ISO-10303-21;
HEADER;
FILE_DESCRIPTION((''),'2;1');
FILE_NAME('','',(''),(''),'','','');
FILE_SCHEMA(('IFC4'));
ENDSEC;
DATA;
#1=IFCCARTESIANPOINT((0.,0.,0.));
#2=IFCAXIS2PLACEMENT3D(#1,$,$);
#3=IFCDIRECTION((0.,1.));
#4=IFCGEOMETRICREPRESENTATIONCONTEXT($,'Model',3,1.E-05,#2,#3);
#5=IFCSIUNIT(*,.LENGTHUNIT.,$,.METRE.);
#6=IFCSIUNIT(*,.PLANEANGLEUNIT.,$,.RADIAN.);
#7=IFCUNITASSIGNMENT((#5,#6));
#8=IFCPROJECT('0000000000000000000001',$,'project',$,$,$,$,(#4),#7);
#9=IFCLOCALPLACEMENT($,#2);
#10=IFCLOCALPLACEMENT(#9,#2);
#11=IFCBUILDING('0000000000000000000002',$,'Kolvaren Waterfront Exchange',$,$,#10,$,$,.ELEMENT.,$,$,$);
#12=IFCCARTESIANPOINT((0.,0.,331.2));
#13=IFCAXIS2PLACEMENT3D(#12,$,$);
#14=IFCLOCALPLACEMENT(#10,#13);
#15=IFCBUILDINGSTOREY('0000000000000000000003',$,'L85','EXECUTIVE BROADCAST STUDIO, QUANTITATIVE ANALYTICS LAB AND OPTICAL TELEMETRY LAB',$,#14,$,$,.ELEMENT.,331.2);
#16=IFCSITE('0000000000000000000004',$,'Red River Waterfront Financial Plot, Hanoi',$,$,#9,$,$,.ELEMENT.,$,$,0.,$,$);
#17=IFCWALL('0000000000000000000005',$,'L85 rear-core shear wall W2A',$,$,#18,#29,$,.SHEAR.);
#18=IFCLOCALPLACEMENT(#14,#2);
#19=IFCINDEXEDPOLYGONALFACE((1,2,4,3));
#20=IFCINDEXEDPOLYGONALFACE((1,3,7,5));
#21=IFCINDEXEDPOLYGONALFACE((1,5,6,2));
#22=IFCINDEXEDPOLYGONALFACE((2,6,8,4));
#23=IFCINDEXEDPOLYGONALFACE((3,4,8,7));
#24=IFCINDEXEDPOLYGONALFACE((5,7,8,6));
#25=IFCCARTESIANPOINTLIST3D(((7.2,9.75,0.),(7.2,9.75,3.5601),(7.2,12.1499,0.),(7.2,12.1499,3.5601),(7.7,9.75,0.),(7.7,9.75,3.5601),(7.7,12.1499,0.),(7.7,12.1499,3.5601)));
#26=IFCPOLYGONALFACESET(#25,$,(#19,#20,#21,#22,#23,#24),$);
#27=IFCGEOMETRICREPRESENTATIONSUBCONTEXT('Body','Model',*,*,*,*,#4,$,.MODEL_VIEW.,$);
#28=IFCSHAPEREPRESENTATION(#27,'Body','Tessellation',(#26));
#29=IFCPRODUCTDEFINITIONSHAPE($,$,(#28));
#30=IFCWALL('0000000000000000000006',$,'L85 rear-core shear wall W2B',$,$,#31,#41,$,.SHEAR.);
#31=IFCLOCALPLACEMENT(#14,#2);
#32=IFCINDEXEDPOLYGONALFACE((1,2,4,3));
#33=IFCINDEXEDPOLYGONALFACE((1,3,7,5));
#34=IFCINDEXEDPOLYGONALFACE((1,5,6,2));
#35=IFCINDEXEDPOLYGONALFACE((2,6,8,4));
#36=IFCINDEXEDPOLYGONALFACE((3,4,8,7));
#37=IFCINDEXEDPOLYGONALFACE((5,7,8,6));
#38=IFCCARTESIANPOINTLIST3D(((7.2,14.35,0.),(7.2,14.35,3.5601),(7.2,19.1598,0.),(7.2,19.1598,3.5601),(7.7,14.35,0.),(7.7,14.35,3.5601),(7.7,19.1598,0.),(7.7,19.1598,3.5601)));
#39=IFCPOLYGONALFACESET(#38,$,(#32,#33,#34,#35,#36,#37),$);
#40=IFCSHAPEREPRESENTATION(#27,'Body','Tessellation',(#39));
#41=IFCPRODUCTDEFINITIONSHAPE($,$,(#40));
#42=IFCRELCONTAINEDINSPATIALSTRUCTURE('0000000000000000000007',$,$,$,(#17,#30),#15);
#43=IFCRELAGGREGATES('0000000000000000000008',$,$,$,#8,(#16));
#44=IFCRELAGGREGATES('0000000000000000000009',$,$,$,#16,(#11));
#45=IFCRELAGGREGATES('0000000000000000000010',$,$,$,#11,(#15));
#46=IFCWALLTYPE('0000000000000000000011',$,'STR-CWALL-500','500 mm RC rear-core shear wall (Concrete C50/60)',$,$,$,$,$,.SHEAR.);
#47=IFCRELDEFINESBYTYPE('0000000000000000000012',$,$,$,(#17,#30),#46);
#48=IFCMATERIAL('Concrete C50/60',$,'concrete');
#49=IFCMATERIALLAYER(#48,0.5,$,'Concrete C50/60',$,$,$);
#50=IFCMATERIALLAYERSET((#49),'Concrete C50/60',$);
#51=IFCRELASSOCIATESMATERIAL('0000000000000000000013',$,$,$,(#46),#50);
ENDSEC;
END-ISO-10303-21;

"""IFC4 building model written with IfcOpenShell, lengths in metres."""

from ifc_helpers import new_model, si_unit, direction, frame, frame_2d, origin, place, context, subcontext, project, spatial, rectangle, extrude, material, layer, layer_set, type_object, element, save


model = new_model("IFC4")

# Units and contexts
model_context = context("Model", 3, precision=1e-05, world=origin(), true_north=direction((0.0, 1.0)))
body_context = subcontext(model_context, "Body", "Model", "MODEL_VIEW")
ifc_project = project(units=[si_unit("LENGTHUNIT", "METRE"), si_unit("PLANEANGLEUNIT", "RADIAN")], contexts=[model_context])

# Site, building, storey
site_placement = place(None, origin())
site = spatial("IfcSite", under=ifc_project, at=site_placement, Name="Red River Waterfront Financial Plot, Hanoi", CompositionType="ELEMENT", RefElevation=0.0)
building_placement = place(site_placement, origin())
building = spatial("IfcBuilding", under=site, at=building_placement, Name="Kolvaren Waterfront Exchange", CompositionType="ELEMENT")
storey_placement = place(building_placement, frame((0.0, 0.0, 331.2)))
storey = spatial("IfcBuildingStorey", under=building, at=storey_placement, Name="L85", Description="EXECUTIVE BROADCAST STUDIO, QUANTITATIVE ANALYTICS LAB AND OPTICAL TELEMETRY LAB", CompositionType="ELEMENT", Elevation=331.2)

# Walls
ifc_material_1 = material(Name="Concrete C50/60", Category="concrete")
ifc_layer_1 = layer(ifc_material_1, 0.5, Name="Concrete C50/60")
ifc_layer_set_1 = layer_set([ifc_layer_1], Name="Concrete C50/60")
wall_type_1 = type_object("IfcWallType", Name="STR-CWALL-500", Description="500 mm RC rear-core shear wall (Concrete C50/60)", PredefinedType="SHEAR", material=ifc_layer_set_1)
wall_1_placement = place(storey_placement, frame((7.45, 9.75, 0.0), z_axis=(0.0, 0.0, 1.0), x_axis=(0.0, 1.0, 0.0)))
element("IfcWall", 1, at=wall_1_placement, inside=storey, type_object=wall_type_1, Name="L85 rear-core shear wall W2A", PredefinedType="SHEAR", context=body_context, shape_type="SweptSolid", body=[
    extrude(rectangle(XDim=2.3999, YDim=0.5, at=frame_2d((1.2, 0.0))), origin(), (0.0, 0.0, 1.0), 3.5601),
])
wall_2_placement = place(storey_placement, frame((7.45, 14.3501, 0.0), z_axis=(0.0, 0.0, 1.0), x_axis=(0.0, 1.0, 0.0)))
element("IfcWall", 2, at=wall_2_placement, inside=storey, type_object=wall_type_1, Name="L85 rear-core shear wall W2B", PredefinedType="SHEAR", context=body_context, shape_type="SweptSolid", body=[
    extrude(rectangle(XDim=4.8098, YDim=0.5, at=frame_2d((2.4048, 0.0))), origin(), (0.0, 0.0, 1.0), 3.5601),
])

save(model, "model.ifc")
